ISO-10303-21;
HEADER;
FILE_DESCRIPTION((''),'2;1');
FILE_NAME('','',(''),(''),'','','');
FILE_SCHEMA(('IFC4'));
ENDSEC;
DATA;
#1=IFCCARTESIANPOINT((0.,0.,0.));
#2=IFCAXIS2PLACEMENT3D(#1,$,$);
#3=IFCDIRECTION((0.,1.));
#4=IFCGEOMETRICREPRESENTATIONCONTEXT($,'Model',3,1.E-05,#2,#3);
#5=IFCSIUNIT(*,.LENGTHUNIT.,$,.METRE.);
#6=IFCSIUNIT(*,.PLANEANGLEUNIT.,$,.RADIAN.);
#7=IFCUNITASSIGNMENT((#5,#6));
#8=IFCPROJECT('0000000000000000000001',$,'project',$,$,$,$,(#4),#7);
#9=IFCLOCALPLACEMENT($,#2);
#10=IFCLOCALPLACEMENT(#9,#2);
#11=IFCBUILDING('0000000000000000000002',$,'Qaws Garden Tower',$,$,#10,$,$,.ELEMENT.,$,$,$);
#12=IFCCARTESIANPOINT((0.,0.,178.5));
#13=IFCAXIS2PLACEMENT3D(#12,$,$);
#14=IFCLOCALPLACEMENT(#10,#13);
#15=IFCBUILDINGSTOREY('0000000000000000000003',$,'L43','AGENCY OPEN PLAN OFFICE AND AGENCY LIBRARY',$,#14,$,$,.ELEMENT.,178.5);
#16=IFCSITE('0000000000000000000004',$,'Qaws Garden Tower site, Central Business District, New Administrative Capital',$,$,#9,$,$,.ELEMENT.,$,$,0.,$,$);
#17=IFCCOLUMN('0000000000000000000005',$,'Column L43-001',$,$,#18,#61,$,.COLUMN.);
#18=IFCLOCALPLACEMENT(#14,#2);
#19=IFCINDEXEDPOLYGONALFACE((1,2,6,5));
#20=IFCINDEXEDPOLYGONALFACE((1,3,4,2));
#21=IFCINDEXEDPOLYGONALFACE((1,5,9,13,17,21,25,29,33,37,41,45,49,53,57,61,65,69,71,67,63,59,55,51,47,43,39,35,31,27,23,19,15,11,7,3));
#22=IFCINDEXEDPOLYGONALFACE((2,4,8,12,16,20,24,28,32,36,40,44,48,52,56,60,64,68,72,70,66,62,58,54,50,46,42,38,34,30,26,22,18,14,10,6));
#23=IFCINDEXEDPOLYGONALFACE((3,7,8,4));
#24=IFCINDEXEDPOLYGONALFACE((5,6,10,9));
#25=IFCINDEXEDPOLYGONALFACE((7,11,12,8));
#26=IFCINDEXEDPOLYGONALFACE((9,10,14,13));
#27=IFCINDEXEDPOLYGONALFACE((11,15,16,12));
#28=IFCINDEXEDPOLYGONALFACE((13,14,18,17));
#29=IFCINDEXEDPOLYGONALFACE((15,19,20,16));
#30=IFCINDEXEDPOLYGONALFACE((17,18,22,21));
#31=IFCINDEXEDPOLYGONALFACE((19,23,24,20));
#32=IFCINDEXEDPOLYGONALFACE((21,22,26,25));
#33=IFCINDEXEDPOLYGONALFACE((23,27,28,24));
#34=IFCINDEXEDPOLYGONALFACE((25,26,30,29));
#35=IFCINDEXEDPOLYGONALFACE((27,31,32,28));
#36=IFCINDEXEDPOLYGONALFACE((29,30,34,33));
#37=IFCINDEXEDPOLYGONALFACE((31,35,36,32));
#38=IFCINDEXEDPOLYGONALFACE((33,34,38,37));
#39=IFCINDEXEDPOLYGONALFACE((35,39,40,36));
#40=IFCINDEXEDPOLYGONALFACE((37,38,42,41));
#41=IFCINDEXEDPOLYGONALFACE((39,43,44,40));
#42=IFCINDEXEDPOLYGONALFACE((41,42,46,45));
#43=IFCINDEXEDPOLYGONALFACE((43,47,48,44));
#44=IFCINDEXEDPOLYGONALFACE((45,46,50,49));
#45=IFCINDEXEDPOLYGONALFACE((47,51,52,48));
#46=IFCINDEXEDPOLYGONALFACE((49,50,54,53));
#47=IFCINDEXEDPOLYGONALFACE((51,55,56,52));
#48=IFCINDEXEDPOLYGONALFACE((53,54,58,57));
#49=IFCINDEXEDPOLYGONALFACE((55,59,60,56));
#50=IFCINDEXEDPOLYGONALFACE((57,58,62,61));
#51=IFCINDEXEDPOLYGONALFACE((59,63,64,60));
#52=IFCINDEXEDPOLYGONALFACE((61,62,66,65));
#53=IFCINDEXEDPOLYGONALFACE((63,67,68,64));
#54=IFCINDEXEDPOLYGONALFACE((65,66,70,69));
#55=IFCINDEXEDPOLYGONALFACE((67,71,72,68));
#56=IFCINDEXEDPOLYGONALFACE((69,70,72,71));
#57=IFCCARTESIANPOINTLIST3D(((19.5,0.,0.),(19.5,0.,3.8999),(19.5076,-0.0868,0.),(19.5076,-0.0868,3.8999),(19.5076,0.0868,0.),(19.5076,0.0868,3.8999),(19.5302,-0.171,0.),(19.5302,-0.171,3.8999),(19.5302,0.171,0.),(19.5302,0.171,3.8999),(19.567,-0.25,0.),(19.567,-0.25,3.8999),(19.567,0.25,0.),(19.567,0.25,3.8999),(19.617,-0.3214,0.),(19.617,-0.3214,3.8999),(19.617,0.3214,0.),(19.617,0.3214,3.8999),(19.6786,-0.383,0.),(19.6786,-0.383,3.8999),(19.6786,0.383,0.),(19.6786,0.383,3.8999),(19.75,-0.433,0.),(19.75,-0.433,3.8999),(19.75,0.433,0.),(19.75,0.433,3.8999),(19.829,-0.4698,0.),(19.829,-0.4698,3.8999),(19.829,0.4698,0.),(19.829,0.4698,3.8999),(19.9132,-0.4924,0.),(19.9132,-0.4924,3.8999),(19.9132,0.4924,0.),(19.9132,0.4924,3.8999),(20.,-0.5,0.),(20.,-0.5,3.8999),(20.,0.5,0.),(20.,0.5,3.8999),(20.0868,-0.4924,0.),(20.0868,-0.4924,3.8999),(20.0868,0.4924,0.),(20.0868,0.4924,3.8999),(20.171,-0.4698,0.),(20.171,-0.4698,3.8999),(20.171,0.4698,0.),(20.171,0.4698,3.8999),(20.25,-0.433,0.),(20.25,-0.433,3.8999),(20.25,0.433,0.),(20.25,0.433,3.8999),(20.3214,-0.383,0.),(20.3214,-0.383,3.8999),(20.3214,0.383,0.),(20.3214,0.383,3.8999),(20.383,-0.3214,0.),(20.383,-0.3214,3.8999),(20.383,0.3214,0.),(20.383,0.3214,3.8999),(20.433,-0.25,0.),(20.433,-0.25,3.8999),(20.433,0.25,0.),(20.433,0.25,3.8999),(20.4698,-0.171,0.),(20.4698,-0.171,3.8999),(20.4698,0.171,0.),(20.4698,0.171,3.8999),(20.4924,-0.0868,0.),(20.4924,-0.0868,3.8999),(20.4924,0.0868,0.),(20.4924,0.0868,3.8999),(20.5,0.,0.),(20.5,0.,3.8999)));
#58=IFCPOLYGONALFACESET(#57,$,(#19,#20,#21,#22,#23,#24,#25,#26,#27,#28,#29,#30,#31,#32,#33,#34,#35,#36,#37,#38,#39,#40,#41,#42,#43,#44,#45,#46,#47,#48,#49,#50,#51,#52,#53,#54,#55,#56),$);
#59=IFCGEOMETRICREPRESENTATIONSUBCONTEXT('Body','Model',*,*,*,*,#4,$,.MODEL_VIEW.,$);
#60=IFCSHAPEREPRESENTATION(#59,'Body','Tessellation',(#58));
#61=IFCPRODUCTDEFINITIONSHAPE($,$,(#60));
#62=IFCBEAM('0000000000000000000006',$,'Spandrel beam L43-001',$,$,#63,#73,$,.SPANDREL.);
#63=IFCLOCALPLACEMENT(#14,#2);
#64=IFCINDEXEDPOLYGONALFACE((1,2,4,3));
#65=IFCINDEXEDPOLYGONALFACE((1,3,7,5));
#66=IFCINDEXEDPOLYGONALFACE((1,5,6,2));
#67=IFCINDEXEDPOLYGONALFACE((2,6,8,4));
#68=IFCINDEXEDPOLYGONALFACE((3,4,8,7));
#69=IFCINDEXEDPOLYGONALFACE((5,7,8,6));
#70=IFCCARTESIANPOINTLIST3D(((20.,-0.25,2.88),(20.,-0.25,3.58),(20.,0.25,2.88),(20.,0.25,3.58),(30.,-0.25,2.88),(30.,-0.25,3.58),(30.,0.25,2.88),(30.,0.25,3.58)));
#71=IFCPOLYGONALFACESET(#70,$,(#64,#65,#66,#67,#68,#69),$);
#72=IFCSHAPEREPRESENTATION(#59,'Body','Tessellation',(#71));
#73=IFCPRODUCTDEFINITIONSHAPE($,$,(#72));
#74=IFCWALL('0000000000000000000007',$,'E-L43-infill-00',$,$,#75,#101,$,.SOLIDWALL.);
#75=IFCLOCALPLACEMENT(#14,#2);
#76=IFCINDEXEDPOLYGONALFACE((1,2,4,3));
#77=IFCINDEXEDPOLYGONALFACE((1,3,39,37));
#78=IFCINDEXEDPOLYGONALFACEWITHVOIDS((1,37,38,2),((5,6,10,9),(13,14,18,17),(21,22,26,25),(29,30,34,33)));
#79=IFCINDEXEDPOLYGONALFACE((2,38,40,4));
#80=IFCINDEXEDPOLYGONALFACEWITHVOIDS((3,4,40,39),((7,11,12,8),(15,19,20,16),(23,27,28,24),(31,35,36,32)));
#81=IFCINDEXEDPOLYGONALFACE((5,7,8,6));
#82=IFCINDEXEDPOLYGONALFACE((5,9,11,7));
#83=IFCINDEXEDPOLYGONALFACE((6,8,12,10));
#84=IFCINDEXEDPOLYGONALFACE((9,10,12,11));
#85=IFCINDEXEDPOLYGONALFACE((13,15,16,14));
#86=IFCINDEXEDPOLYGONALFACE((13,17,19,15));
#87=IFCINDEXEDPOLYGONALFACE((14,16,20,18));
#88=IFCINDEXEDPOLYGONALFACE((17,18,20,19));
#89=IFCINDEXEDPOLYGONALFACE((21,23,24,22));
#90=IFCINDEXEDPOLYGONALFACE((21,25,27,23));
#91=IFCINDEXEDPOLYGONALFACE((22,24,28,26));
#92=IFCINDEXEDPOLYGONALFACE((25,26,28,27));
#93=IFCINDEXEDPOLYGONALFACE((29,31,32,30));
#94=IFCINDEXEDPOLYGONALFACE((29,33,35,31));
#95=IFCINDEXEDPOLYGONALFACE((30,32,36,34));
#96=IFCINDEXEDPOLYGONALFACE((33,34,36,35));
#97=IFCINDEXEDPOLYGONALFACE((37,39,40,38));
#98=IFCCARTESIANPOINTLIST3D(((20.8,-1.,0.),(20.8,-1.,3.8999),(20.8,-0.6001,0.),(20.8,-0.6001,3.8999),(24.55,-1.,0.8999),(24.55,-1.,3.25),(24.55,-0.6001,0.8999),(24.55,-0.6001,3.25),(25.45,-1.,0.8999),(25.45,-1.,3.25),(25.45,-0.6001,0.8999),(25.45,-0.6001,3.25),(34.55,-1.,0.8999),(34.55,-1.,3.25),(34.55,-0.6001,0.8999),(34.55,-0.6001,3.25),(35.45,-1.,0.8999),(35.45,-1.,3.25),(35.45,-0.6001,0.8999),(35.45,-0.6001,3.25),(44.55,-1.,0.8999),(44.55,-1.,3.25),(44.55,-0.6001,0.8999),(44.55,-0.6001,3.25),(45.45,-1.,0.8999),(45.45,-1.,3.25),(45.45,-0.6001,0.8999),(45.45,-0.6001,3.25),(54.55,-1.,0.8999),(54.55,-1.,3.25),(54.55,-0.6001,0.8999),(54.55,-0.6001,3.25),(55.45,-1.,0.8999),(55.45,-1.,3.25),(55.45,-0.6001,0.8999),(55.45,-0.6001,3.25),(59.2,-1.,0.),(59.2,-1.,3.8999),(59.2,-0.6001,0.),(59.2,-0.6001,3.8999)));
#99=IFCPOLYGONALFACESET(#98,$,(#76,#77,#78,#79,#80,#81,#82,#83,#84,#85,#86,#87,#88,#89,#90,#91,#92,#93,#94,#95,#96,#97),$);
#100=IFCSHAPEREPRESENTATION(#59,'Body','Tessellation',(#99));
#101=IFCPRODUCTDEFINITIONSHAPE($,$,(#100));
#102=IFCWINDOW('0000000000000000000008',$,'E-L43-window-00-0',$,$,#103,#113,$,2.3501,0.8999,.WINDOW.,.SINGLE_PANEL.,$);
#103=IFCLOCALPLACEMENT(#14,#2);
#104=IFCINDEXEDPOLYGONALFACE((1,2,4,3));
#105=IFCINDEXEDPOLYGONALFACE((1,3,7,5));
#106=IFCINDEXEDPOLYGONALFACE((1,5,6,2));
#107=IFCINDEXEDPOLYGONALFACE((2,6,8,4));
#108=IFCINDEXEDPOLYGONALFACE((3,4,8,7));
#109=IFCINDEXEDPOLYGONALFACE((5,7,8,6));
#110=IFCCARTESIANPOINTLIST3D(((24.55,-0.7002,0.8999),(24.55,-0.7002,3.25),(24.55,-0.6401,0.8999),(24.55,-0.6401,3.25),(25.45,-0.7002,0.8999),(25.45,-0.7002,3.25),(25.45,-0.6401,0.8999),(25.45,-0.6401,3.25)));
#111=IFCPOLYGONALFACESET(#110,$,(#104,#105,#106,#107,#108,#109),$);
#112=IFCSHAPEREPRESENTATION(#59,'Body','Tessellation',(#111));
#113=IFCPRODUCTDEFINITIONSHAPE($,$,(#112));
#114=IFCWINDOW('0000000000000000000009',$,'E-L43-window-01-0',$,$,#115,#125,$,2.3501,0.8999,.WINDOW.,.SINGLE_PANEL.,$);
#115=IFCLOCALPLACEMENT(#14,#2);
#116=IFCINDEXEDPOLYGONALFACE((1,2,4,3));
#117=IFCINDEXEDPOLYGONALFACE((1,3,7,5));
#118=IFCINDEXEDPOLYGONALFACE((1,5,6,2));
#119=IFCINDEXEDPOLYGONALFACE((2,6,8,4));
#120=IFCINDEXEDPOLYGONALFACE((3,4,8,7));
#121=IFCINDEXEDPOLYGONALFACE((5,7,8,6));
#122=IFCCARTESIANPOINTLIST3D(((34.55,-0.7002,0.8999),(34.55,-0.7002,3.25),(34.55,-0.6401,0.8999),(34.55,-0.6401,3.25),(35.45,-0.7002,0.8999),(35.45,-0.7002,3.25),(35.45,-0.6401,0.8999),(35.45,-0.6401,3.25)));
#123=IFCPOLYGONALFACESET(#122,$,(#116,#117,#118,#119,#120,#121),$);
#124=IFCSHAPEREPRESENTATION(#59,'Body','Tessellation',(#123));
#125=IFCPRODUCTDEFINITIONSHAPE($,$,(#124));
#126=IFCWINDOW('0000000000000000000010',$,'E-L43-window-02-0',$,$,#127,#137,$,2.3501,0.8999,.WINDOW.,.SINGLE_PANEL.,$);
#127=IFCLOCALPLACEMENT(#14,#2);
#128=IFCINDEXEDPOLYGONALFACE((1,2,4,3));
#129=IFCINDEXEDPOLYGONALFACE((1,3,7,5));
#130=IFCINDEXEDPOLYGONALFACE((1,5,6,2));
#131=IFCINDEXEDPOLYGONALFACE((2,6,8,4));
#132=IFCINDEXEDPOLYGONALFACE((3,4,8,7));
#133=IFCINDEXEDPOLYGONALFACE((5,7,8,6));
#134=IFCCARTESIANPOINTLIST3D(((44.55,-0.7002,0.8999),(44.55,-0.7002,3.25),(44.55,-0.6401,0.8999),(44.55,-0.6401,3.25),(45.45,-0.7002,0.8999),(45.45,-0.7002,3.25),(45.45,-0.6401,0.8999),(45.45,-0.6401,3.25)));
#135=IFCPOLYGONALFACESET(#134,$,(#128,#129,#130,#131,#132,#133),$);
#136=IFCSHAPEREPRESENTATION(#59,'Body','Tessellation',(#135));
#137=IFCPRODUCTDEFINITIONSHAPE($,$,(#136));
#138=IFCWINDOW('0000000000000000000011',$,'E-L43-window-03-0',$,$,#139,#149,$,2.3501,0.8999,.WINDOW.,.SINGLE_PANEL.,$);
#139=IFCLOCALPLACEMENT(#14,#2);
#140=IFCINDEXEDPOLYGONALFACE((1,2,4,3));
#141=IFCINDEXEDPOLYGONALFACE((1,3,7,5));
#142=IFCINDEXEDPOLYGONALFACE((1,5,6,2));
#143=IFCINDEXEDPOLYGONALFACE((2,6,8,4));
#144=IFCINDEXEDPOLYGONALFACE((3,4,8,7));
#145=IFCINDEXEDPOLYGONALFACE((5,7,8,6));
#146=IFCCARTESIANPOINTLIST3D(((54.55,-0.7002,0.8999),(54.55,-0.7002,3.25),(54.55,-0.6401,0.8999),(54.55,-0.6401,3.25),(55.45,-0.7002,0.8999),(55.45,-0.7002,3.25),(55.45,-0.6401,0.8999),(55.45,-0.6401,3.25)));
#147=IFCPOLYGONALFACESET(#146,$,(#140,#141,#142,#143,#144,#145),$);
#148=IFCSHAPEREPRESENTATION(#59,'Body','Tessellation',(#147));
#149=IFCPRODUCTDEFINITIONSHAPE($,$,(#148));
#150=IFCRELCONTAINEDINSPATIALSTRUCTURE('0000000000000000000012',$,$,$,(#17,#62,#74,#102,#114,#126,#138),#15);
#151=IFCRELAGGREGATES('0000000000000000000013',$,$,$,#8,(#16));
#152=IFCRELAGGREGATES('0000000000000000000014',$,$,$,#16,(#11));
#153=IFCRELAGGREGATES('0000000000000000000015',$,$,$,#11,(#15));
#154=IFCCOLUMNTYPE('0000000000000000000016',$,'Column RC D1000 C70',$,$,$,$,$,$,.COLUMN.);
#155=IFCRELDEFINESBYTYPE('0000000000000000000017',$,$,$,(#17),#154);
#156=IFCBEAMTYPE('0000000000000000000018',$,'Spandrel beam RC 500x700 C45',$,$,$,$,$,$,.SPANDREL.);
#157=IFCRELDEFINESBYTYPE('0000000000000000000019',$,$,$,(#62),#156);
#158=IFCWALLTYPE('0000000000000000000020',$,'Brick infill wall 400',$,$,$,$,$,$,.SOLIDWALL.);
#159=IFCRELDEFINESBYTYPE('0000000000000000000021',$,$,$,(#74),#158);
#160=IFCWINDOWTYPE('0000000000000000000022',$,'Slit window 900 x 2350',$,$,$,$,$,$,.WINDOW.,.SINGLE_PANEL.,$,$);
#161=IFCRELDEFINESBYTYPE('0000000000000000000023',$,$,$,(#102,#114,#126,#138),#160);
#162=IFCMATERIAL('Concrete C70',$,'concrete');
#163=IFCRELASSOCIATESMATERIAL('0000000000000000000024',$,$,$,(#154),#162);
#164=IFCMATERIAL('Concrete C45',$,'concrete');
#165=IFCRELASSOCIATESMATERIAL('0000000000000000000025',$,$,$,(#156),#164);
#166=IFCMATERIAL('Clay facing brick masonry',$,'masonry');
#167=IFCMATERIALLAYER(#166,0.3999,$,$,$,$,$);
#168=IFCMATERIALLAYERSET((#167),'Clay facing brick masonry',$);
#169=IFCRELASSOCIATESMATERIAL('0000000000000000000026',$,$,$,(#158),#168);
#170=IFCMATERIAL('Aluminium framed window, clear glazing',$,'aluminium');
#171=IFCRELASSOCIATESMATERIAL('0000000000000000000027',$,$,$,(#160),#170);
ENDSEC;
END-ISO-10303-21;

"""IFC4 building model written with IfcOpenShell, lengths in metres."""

from ifc_helpers import new_model, si_unit, direction, frame, frame_2d, origin, origin_2d, place, context, subcontext, project, spatial, rectangle, circle, extrude, material, layer, layer_set, material_profile, profile_set, type_object, element, fill, save


model = new_model("IFC4")

# Units and contexts
model_context = context("Model", 3, precision=1e-05, world=origin(), true_north=direction((0.0, 1.0)))
body_context = subcontext(model_context, "Body", "Model", "MODEL_VIEW")
ifc_project = project(units=[si_unit("LENGTHUNIT", "METRE"), si_unit("PLANEANGLEUNIT", "RADIAN")], contexts=[model_context])

# Site, building, storey
site_placement = place(None, origin())
site = spatial("IfcSite", under=ifc_project, at=site_placement, Name="Qaws Garden Tower site, Central Business District, New Administrative Capital", CompositionType="ELEMENT", RefElevation=0.0)
building_placement = place(site_placement, origin())
building = spatial("IfcBuilding", under=site, at=building_placement, Name="Qaws Garden Tower", CompositionType="ELEMENT")
storey_placement = place(building_placement, frame((0.0, 0.0, 178.5)))
storey = spatial("IfcBuildingStorey", under=building, at=storey_placement, Name="L43", Description="AGENCY OPEN PLAN OFFICE AND AGENCY LIBRARY", CompositionType="ELEMENT", Elevation=178.5)

# Column
ifc_material_1 = material(Name="Concrete C70", Category="concrete")
ifc_material_profile_1 = material_profile(ifc_material_1, circle(Radius=0.5, at=origin_2d()), Name="RC D1000")
ifc_profile_set_1 = profile_set([ifc_material_profile_1], Name="Concrete C70")
column_type = type_object("IfcColumnType", Name="Column RC D1000 C70", PredefinedType="COLUMN", material=ifc_profile_set_1)
column_placement = place(storey_placement, frame((20.0, 0.0, 0.0), z_axis=(0.0, 0.0, 1.0), x_axis=(1.0, 0.0, 0.0)))
element("IfcColumn", 1, at=column_placement, inside=storey, type_object=column_type, Name="Column L43-001", PredefinedType="COLUMN", context=body_context, shape_type="SweptSolid", body=[
    extrude(circle(Radius=0.5, at=origin_2d()), origin(), (0.0, 0.0, 1.0), 3.8999),
])

# Beam
ifc_material_2 = material(Name="Concrete C45", Category="concrete")
ifc_material_profile_2 = material_profile(ifc_material_2, rectangle(XDim=0.5, YDim=0.7, at=origin_2d()), Name="RC 500x700")
ifc_profile_set_2 = profile_set([ifc_material_profile_2], Name="Concrete C45")
beam_type = type_object("IfcBeamType", Name="Spandrel beam RC 500x700 C45", PredefinedType="SPANDREL", material=ifc_profile_set_2)
beam_placement = place(storey_placement, frame((20.0, 0.0, 3.23), z_axis=(1.0, 0.0, 0.0), x_axis=(0.0, 1.0, 0.0)))
element("IfcBeam", 2, at=beam_placement, inside=storey, type_object=beam_type, Name="Spandrel beam L43-001", PredefinedType="SPANDREL", context=body_context, shape_type="SweptSolid", body=[
    extrude(rectangle(XDim=0.5, YDim=0.7, at=origin_2d()), origin(), (0.0, 0.0, 1.0), 10.0),
])

# Wall, openings, windows
ifc_material_3 = material(Name="Clay facing brick masonry", Category="masonry")
ifc_layer_1 = layer(ifc_material_3, 0.3999)
ifc_layer_set_1 = layer_set([ifc_layer_1], Name="Clay facing brick masonry")
wall_type_1 = type_object("IfcWallType", Name="Brick infill wall 400", PredefinedType="SOLIDWALL", material=ifc_layer_set_1)
wall_1_placement = place(storey_placement, frame((20.8, -0.8, 0.0), z_axis=(0.0, 0.0, 1.0), x_axis=(1.0, 0.0, 0.0)))
wall_1 = element("IfcWall", 3, at=wall_1_placement, inside=storey, type_object=wall_type_1, Name="E-L43-infill-00", PredefinedType="SOLIDWALL", context=body_context, shape_type="SweptSolid", body=[
    extrude(rectangle(XDim=38.3999, YDim=0.3999, at=frame_2d((19.2, 0.0))), origin(), (0.0, 0.0, 1.0), 3.8999),
])
opening_1_placement = place(wall_1_placement, frame((3.75, 0.0, 0.8999)))
opening_1 = element("IfcOpeningElement", 4, at=opening_1_placement, cuts=wall_1, PredefinedType="OPENING", context=body_context, shape_type="SweptSolid", body=[
    extrude(rectangle(XDim=0.8999, YDim=2.3501, at=frame_2d((0.45, 1.175))), frame((0.0, 0.21, 0.0), z_axis=(0.0, -1.0, 0.0), x_axis=(1.0, 0.0, 0.0)), (0.0, 0.0, 1.0), 0.4199),
])
opening_2_placement = place(wall_1_placement, frame((13.75, 0.0, 0.8999)))
opening_2 = element("IfcOpeningElement", 5, at=opening_2_placement, cuts=wall_1, PredefinedType="OPENING", context=body_context, shape_type="SweptSolid", body=[
    extrude(rectangle(XDim=0.8999, YDim=2.3501, at=frame_2d((0.45, 1.175))), frame((0.0, 0.21, 0.0), z_axis=(0.0, -1.0, 0.0), x_axis=(1.0, 0.0, 0.0)), (0.0, 0.0, 1.0), 0.4199),
])
opening_3_placement = place(wall_1_placement, frame((23.75, 0.0, 0.8999)))
opening_3 = element("IfcOpeningElement", 6, at=opening_3_placement, cuts=wall_1, PredefinedType="OPENING", context=body_context, shape_type="SweptSolid", body=[
    extrude(rectangle(XDim=0.8999, YDim=2.3501, at=frame_2d((0.45, 1.175))), frame((0.0, 0.21, 0.0), z_axis=(0.0, -1.0, 0.0), x_axis=(1.0, 0.0, 0.0)), (0.0, 0.0, 1.0), 0.4199),
])
opening_4_placement = place(wall_1_placement, frame((33.75, 0.0, 0.8999)))
opening_4 = element("IfcOpeningElement", 7, at=opening_4_placement, cuts=wall_1, PredefinedType="OPENING", context=body_context, shape_type="SweptSolid", body=[
    extrude(rectangle(XDim=0.8999, YDim=2.3501, at=frame_2d((0.45, 1.175))), frame((0.0, 0.21, 0.0), z_axis=(0.0, -1.0, 0.0), x_axis=(1.0, 0.0, 0.0)), (0.0, 0.0, 1.0), 0.4199),
])
ifc_material_4 = material(Name="Aluminium framed window, clear glazing", Category="aluminium")
window_type = type_object("IfcWindowType", Name="Slit window 900 x 2350", PartitioningType="SINGLE_PANEL", PredefinedType="WINDOW", material=ifc_material_4)
window_1_placement = place(opening_1_placement, origin())
window_1 = element("IfcWindow", 8, at=window_1_placement, inside=storey, type_object=window_type, Name="E-L43-window-00-0", OverallHeight=2.3501, OverallWidth=0.8999, PartitioningType="SINGLE_PANEL", PredefinedType="WINDOW", context=body_context, shape_type="SweptSolid", body=[
    extrude(rectangle(XDim=0.8999, YDim=2.3501, at=frame_2d((0.45, 1.175))), frame((0.0, 0.1599, 0.0), z_axis=(0.0, -1.0, 0.0), x_axis=(1.0, 0.0, 0.0)), (0.0, 0.0, 1.0), 0.0601),
])
fill(opening_1, window_1)
window_2_placement = place(opening_2_placement, origin())
window_2 = element("IfcWindow", 9, at=window_2_placement, inside=storey, type_object=window_type, Name="E-L43-window-01-0", OverallHeight=2.3501, OverallWidth=0.8999, PartitioningType="SINGLE_PANEL", PredefinedType="WINDOW", context=body_context, shape_type="SweptSolid", body=[
    extrude(rectangle(XDim=0.8999, YDim=2.3501, at=frame_2d((0.45, 1.175))), frame((0.0, 0.1599, 0.0), z_axis=(0.0, -1.0, 0.0), x_axis=(1.0, 0.0, 0.0)), (0.0, 0.0, 1.0), 0.0601),
])
fill(opening_2, window_2)
window_3_placement = place(opening_3_placement, origin())
window_3 = element("IfcWindow", 10, at=window_3_placement, inside=storey, type_object=window_type, Name="E-L43-window-02-0", OverallHeight=2.3501, OverallWidth=0.8999, PartitioningType="SINGLE_PANEL", PredefinedType="WINDOW", context=body_context, shape_type="SweptSolid", body=[
    extrude(rectangle(XDim=0.8999, YDim=2.3501, at=frame_2d((0.45, 1.175))), frame((0.0, 0.1599, 0.0), z_axis=(0.0, -1.0, 0.0), x_axis=(1.0, 0.0, 0.0)), (0.0, 0.0, 1.0), 0.0601),
])
fill(opening_3, window_3)
window_4_placement = place(opening_4_placement, origin())
window_4 = element("IfcWindow", 11, at=window_4_placement, inside=storey, type_object=window_type, Name="E-L43-window-03-0", OverallHeight=2.3501, OverallWidth=0.8999, PartitioningType="SINGLE_PANEL", PredefinedType="WINDOW", context=body_context, shape_type="SweptSolid", body=[
    extrude(rectangle(XDim=0.8999, YDim=2.3501, at=frame_2d((0.45, 1.175))), frame((0.0, 0.1599, 0.0), z_axis=(0.0, -1.0, 0.0), x_axis=(1.0, 0.0, 0.0)), (0.0, 0.0, 1.0), 0.0601),
])
fill(opening_4, window_4)

save(model, "model.ifc")
